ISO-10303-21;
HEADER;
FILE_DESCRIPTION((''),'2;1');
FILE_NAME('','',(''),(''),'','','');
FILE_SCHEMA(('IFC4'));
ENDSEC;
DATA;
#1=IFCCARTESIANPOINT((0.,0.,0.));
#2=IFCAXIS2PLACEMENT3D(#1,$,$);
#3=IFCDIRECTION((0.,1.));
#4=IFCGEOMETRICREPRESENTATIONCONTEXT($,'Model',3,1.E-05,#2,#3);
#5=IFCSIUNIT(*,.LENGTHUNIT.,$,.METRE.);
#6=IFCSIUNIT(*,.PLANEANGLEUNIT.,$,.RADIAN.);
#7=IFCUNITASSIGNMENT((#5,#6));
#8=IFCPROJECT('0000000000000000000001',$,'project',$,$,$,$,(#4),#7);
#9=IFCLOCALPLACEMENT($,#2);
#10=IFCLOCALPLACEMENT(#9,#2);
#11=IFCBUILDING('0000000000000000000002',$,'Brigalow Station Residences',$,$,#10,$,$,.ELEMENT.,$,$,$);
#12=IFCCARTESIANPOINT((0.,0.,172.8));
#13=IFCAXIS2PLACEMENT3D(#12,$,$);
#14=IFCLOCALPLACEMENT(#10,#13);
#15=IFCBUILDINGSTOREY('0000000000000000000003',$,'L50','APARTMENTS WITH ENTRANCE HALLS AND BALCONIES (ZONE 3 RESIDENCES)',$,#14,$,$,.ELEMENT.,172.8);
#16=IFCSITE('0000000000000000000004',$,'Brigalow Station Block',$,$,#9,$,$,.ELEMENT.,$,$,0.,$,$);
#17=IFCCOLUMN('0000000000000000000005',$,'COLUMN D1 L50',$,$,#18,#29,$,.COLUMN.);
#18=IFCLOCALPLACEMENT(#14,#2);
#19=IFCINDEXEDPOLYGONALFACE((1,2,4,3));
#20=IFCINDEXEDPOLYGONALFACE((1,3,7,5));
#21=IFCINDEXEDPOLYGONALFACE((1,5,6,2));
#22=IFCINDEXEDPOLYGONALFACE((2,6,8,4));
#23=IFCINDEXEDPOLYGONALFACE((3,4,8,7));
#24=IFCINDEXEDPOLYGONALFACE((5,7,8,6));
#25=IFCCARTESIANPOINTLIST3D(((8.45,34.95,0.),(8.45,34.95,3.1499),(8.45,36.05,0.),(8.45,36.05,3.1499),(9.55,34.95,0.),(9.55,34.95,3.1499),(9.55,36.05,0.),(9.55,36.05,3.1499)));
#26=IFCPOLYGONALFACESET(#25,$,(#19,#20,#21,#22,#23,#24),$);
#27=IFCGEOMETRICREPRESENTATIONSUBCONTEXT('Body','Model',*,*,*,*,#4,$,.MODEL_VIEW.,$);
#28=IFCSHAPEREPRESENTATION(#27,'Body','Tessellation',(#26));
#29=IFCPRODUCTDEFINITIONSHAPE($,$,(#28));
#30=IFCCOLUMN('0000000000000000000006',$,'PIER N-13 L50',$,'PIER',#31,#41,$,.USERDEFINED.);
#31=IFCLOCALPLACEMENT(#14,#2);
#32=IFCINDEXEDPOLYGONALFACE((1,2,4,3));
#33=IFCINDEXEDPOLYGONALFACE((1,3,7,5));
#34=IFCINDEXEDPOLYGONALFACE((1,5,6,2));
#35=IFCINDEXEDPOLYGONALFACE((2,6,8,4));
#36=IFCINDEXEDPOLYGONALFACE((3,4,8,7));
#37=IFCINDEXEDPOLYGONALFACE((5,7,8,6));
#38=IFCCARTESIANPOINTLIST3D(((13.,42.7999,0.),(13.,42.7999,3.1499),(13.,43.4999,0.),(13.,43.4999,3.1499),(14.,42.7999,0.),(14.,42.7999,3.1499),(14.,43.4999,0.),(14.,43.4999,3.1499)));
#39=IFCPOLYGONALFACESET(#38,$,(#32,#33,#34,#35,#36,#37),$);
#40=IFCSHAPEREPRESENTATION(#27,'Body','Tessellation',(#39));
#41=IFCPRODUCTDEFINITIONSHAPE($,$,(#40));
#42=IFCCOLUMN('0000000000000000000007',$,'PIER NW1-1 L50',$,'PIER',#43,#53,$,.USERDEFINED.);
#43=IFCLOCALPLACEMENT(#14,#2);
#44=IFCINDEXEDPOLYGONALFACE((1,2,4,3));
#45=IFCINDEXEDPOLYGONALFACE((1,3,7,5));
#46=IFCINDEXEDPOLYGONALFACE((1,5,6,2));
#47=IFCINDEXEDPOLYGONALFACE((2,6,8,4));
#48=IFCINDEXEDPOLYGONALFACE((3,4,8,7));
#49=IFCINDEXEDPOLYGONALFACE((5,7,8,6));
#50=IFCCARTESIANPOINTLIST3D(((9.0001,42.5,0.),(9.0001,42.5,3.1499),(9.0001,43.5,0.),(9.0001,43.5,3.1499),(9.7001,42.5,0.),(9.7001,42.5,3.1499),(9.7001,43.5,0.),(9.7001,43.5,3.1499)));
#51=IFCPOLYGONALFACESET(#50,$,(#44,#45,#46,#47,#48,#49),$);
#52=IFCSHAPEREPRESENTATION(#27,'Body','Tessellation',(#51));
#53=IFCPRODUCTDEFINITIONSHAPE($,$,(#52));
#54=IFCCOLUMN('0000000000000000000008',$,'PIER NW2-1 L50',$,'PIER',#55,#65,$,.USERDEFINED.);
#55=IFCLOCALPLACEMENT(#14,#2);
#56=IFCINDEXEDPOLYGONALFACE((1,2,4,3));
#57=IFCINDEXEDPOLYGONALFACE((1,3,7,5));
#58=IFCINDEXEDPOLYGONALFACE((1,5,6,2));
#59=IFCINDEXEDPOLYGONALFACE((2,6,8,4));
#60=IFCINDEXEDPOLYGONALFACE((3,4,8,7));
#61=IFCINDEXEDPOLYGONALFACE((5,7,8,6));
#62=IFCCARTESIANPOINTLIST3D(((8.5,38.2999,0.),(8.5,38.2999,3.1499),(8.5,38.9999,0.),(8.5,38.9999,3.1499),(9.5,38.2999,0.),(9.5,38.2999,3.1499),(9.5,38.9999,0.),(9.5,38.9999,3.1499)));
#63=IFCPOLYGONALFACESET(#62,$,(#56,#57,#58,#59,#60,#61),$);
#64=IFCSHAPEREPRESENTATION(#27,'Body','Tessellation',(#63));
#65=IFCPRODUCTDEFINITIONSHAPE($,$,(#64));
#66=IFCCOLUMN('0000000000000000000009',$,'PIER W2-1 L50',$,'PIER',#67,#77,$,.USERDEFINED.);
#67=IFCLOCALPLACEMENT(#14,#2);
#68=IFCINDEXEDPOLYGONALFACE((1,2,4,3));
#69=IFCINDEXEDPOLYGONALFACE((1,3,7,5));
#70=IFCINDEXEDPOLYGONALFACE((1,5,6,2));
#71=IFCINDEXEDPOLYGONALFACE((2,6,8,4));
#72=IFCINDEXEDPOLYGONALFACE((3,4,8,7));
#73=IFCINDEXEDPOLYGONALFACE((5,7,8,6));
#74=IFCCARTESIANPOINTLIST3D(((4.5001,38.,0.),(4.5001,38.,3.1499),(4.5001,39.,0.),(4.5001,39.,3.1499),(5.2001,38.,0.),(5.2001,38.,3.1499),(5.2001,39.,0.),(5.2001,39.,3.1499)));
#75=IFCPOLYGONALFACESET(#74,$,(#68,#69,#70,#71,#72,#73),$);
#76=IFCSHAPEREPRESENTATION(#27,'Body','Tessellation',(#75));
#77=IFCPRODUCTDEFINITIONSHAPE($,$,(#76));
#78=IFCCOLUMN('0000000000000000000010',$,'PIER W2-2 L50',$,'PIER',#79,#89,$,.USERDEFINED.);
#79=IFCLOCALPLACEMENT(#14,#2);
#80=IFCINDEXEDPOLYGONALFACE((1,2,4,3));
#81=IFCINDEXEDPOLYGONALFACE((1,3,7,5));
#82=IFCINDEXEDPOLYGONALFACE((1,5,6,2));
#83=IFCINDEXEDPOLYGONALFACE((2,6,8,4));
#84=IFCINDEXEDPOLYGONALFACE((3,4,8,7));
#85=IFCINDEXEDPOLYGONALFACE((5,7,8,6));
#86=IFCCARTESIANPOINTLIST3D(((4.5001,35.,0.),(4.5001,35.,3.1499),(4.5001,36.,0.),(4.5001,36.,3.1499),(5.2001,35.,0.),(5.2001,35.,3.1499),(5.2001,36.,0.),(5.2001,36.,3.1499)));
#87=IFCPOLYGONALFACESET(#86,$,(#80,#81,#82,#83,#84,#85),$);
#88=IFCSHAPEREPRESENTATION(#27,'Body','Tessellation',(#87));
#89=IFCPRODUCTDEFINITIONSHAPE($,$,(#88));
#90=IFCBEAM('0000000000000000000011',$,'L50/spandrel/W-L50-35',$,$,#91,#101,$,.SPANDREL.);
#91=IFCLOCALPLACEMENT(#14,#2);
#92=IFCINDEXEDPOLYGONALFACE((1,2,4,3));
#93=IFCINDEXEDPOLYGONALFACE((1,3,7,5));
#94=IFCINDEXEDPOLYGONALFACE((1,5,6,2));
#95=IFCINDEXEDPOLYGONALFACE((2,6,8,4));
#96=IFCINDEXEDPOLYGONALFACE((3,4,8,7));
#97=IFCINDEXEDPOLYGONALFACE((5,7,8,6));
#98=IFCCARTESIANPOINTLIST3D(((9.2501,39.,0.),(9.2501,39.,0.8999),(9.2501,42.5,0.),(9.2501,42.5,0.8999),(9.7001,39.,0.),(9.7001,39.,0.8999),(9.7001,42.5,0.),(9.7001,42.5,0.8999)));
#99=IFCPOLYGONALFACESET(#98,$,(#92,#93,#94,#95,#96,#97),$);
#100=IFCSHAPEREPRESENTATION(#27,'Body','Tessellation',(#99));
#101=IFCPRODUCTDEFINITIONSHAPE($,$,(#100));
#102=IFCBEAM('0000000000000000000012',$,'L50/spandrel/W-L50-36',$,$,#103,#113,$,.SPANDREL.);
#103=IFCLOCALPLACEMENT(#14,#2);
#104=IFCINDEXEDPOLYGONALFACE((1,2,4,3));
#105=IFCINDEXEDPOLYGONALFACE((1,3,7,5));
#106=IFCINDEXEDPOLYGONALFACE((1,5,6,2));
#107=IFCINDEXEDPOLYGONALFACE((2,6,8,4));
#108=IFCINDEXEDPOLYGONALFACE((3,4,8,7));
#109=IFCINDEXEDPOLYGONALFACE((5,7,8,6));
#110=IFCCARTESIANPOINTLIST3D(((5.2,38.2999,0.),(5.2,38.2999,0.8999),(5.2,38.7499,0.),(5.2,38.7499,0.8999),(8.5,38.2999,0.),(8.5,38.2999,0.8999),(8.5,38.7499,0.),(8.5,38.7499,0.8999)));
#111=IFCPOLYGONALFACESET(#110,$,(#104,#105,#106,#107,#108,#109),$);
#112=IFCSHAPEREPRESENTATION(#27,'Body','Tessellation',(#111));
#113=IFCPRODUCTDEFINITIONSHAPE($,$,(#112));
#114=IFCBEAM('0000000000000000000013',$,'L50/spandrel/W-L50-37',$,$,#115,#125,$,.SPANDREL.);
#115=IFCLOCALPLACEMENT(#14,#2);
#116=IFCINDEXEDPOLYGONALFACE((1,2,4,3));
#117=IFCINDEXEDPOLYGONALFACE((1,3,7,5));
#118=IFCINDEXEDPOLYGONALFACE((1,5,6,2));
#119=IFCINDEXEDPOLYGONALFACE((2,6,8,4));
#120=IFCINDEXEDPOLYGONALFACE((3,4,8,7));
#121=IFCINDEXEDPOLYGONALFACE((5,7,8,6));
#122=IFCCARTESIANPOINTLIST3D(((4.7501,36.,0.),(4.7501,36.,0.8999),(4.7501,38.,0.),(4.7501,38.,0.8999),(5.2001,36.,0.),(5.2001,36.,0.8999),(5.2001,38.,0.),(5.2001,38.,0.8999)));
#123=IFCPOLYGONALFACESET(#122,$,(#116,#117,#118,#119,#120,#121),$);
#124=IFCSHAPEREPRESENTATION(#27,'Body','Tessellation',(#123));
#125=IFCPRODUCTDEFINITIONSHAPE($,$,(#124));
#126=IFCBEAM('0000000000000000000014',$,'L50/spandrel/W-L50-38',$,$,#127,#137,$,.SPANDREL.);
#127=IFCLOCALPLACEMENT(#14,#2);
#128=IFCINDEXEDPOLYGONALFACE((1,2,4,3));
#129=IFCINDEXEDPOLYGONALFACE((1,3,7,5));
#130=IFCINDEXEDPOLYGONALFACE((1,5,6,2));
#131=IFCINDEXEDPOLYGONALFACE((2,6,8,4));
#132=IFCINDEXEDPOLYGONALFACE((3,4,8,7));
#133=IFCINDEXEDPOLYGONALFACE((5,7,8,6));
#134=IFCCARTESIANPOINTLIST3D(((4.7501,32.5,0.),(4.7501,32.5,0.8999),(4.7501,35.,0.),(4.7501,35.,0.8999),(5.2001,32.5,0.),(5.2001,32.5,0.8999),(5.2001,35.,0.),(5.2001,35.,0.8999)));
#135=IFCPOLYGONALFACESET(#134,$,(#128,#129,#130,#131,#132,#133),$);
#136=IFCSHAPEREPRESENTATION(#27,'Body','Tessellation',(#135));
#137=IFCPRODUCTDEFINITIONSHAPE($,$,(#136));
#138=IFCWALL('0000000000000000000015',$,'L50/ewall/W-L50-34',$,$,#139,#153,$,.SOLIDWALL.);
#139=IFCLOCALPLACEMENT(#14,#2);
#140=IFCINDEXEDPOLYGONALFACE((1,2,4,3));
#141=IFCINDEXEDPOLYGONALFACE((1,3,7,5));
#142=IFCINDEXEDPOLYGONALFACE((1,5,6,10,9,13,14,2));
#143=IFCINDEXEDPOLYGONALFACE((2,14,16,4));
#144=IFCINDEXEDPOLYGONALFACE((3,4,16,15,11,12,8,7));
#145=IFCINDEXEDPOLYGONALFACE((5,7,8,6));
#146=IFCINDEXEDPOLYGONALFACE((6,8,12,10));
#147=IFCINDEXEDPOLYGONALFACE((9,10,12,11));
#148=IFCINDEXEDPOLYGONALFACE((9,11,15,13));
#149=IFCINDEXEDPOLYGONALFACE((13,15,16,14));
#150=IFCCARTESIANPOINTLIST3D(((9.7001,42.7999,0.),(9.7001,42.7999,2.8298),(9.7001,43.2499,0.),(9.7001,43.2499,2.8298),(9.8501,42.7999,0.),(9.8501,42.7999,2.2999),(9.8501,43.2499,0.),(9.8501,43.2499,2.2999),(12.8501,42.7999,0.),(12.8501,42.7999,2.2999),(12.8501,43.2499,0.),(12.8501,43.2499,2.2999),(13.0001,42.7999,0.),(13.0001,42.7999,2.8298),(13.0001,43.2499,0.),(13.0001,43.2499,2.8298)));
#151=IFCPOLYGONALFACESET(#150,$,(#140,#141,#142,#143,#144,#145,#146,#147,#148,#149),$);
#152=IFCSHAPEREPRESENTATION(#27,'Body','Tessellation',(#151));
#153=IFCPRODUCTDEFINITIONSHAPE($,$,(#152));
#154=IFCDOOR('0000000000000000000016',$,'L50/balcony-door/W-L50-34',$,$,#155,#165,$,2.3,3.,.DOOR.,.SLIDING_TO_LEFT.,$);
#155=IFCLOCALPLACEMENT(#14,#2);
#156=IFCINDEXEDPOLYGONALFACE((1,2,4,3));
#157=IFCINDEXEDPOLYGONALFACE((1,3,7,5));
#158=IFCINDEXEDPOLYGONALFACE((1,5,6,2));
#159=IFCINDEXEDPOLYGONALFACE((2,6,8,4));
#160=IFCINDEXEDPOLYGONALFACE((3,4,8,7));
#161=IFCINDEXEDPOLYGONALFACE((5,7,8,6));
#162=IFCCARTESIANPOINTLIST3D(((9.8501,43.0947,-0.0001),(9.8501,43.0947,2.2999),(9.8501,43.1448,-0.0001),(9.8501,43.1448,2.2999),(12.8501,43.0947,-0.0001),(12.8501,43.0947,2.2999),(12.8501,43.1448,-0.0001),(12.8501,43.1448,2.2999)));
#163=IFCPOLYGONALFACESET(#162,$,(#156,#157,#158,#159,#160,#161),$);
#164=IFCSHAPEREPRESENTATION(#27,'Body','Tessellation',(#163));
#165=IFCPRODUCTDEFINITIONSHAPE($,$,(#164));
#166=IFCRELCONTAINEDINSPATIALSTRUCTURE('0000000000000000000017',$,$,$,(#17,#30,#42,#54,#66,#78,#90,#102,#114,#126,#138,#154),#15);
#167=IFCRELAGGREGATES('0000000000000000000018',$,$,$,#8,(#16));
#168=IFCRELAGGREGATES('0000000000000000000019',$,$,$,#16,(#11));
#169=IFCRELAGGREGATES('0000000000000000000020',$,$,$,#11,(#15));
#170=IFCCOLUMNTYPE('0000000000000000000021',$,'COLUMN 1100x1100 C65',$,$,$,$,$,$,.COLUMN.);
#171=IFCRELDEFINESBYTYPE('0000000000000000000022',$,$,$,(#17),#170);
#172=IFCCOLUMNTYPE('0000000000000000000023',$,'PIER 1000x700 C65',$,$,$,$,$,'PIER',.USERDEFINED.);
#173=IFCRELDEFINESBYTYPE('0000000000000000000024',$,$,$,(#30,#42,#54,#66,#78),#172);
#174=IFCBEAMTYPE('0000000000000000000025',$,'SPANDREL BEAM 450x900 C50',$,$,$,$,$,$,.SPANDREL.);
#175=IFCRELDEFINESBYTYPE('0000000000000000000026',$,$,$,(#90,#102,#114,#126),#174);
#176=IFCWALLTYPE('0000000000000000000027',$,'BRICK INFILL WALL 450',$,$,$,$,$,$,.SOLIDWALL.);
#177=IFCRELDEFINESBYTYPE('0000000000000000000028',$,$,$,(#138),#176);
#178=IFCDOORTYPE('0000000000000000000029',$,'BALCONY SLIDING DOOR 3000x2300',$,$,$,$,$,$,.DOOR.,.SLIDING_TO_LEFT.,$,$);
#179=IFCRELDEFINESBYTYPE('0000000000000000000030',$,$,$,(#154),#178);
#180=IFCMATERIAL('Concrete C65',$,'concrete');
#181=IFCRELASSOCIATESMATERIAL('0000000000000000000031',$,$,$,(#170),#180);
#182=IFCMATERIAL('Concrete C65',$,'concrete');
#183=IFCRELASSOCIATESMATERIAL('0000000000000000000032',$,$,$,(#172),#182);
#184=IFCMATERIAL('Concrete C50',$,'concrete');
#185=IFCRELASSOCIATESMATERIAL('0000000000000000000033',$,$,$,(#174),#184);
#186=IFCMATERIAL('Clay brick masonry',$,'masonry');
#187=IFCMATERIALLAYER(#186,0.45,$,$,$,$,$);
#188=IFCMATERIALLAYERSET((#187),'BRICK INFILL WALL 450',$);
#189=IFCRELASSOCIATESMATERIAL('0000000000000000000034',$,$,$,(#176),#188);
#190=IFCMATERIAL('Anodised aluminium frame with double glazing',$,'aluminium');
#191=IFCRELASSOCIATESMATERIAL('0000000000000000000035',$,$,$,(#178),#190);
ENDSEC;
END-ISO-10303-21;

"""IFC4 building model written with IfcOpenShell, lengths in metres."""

from ifc_helpers import new_model, si_unit, direction, frame, frame_2d, origin, origin_2d, place, context, subcontext, project, spatial, rectangle, extrude, material, layer, layer_set, material_profile, profile_set, type_object, element, fill, save


model = new_model("IFC4")

# Units and contexts
model_context = context("Model", 3, precision=1e-05, world=origin(), true_north=direction((0.0, 1.0)))
body_context = subcontext(model_context, "Body", "Model", "MODEL_VIEW")
ifc_project = project(units=[si_unit("LENGTHUNIT", "METRE"), si_unit("PLANEANGLEUNIT", "RADIAN")], contexts=[model_context])

# Site, building, storey
site_placement = place(None, origin())
site = spatial("IfcSite", under=ifc_project, at=site_placement, Name="Brigalow Station Block", CompositionType="ELEMENT", RefElevation=0.0)
building_placement = place(site_placement, origin())
building = spatial("IfcBuilding", under=site, at=building_placement, Name="Brigalow Station Residences", CompositionType="ELEMENT")
storey_placement = place(building_placement, frame((0.0, 0.0, 172.8)))
storey = spatial("IfcBuildingStorey", under=building, at=storey_placement, Name="L50", Description="APARTMENTS WITH ENTRANCE HALLS AND BALCONIES (ZONE 3 RESIDENCES)", CompositionType="ELEMENT", Elevation=172.8)

# Columns
ifc_material_1 = material(Name="Concrete C65", Category="concrete")
ifc_material_profile_1 = material_profile(ifc_material_1, rectangle(XDim=1.1001, YDim=1.1001, at=origin_2d()), Name="RC1100x1100")
ifc_profile_set_1 = profile_set([ifc_material_profile_1], Name="Concrete C65")
column_type_1 = type_object("IfcColumnType", Name="COLUMN 1100x1100 C65", PredefinedType="COLUMN", material=ifc_profile_set_1)
column_placement = place(storey_placement, frame((9.0, 35.5, 0.0), z_axis=(0.0, 0.0, 1.0), x_axis=(1.0, 0.0, 0.0)))
element("IfcColumn", 1, at=column_placement, inside=storey, type_object=column_type_1, Name="COLUMN D1 L50", PredefinedType="COLUMN", context=body_context, shape_type="SweptSolid", body=[
    extrude(rectangle(XDim=1.1001, YDim=1.1001, at=origin_2d()), origin(), (0.0, 0.0, 1.0), 3.1499),
])
ifc_material_2 = material(Name="Concrete C65", Category="concrete")
ifc_material_profile_2 = material_profile(ifc_material_2, rectangle(XDim=1.0, YDim=0.7, at=origin_2d()), Name="RC1000x700")
ifc_profile_set_2 = profile_set([ifc_material_profile_2], Name="Concrete C65")
column_type_2 = type_object("IfcColumnType", Name="PIER 1000x700 C65", ElementType="PIER", PredefinedType="USERDEFINED", material=ifc_profile_set_2)
for number, where, z_axis, x_axis, name in (
    (2, (13.5, 43.1499, 0.0), (0.0, 0.0, 1.0), (-1.0, 0.0, 0.0), "PIER N-13 L50"),
    (3, (9.3501, 43.0, 0.0), (0.0, 0.0, 1.0), (0.0, -1.0, 0.0), "PIER NW1-1 L50"),
    (4, (9.0, 38.6499, 0.0), (0.0, 0.0, 1.0), (-1.0, 0.0, 0.0), "PIER NW2-1 L50"),
    (5, (4.8501, 38.5, 0.0), (0.0, 0.0, 1.0), (0.0, -1.0, 0.0), "PIER W2-1 L50"),
    (6, (4.8501, 35.5, 0.0), (0.0, 0.0, 1.0), (0.0, -1.0, 0.0), "PIER W2-2 L50"),
):
    element("IfcColumn", number, at=place(storey_placement, frame(where, z_axis=z_axis, x_axis=x_axis)), inside=storey, type_object=column_type_2, Name=name, ObjectType="PIER", PredefinedType="USERDEFINED", context=body_context, shape_type="SweptSolid", body=[
        extrude(rectangle(XDim=1.0, YDim=0.7, at=origin_2d()), origin(), (0.0, 0.0, 1.0), 3.1499),
    ])

# Beams
ifc_material_3 = material(Name="Concrete C50", Category="concrete")
ifc_material_profile_3 = material_profile(ifc_material_3, rectangle(XDim=0.45, YDim=0.8999, at=origin_2d()), Name="RC450x900")
ifc_profile_set_3 = profile_set([ifc_material_profile_3], Name="Concrete C50")
beam_type = type_object("IfcBeamType", Name="SPANDREL BEAM 450x900 C50", PredefinedType="SPANDREL", material=ifc_profile_set_3)
beam_1_placement = place(storey_placement, frame((9.4751, 42.5, 0.45), z_axis=(0.0, -1.0, 0.0), x_axis=(1.0, 0.0, 0.0)))
element("IfcBeam", 7, at=beam_1_placement, inside=storey, type_object=beam_type, Name="L50/spandrel/W-L50-35", PredefinedType="SPANDREL", context=body_context, shape_type="SweptSolid", body=[
    extrude(rectangle(XDim=0.45, YDim=0.8999, at=origin_2d()), origin(), (0.0, 0.0, 1.0), 3.5),
])
beam_2_placement = place(storey_placement, frame((8.5, 38.5249, 0.45), z_axis=(-1.0, 0.0, 0.0), x_axis=(0.0, -1.0, 0.0)))
element("IfcBeam", 8, at=beam_2_placement, inside=storey, type_object=beam_type, Name="L50/spandrel/W-L50-36", PredefinedType="SPANDREL", context=body_context, shape_type="SweptSolid", body=[
    extrude(rectangle(XDim=0.45, YDim=0.8999, at=origin_2d()), origin(), (0.0, 0.0, 1.0), 3.3),
])
beam_3_placement = place(storey_placement, frame((4.9751, 38.0, 0.45), z_axis=(0.0, -1.0, 0.0), x_axis=(1.0, 0.0, 0.0)))
element("IfcBeam", 9, at=beam_3_placement, inside=storey, type_object=beam_type, Name="L50/spandrel/W-L50-37", PredefinedType="SPANDREL", context=body_context, shape_type="SweptSolid", body=[
    extrude(rectangle(XDim=0.45, YDim=0.8999, at=origin_2d()), origin(), (0.0, 0.0, 1.0), 2.0),
])
beam_4_placement = place(storey_placement, frame((4.9751, 35.0, 0.45), z_axis=(0.0, -1.0, 0.0), x_axis=(1.0, 0.0, 0.0)))
element("IfcBeam", 10, at=beam_4_placement, inside=storey, type_object=beam_type, Name="L50/spandrel/W-L50-38", PredefinedType="SPANDREL", context=body_context, shape_type="SweptSolid", body=[
    extrude(rectangle(XDim=0.45, YDim=0.8999, at=origin_2d()), origin(), (0.0, 0.0, 1.0), 2.5),
])

# Wall, opening, door
ifc_material_4 = material(Name="Clay brick masonry", Category="masonry")
ifc_layer_1 = layer(ifc_material_4, 0.45)
ifc_layer_set_1 = layer_set([ifc_layer_1], Name="BRICK INFILL WALL 450")
wall_type_1 = type_object("IfcWallType", Name="BRICK INFILL WALL 450", PredefinedType="SOLIDWALL", material=ifc_layer_set_1)
wall_1_placement = place(storey_placement, frame((13.0, 43.0249, 0.0), z_axis=(0.0, 0.0, 1.0), x_axis=(-1.0, 0.0, 0.0)))
wall_1 = element("IfcWall", 11, at=wall_1_placement, inside=storey, type_object=wall_type_1, Name="L50/ewall/W-L50-34", PredefinedType="SOLIDWALL", context=body_context, shape_type="SweptSolid", body=[
    extrude(rectangle(XDim=3.3, YDim=0.45, at=frame_2d((1.6499, 0.0))), origin(), (0.0, 0.0, 1.0), 2.8298),
])
opening_1_placement = place(wall_1_placement, frame((0.1499, 0.0, 0.0)))
opening_1 = element("IfcOpeningElement", 12, at=opening_1_placement, cuts=wall_1, PredefinedType="OPENING", context=body_context, shape_type="SweptSolid", body=[
    extrude(rectangle(XDim=3.0, YDim=2.3, at=frame_2d((1.5, 1.1499))), frame((0.0, 0.2349, 0.0), z_axis=(0.0, -1.0, 0.0), x_axis=(1.0, 0.0, 0.0)), (0.0, 0.0, 1.0), 0.47),
])
ifc_material_5 = material(Name="Anodised aluminium frame with double glazing", Category="aluminium")
door_type_1 = type_object("IfcDoorType", Name="BALCONY SLIDING DOOR 3000x2300", OperationType="SLIDING_TO_LEFT", PredefinedType="DOOR", material=ifc_material_5)
door_1_placement = place(opening_1_placement, origin())
door_1 = element("IfcDoor", 13, at=door_1_placement, inside=storey, type_object=door_type_1, Name="L50/balcony-door/W-L50-34", OperationType="SLIDING_TO_LEFT", OverallHeight=2.3, OverallWidth=3.0, PredefinedType="DOOR", context=body_context, shape_type="SweptSolid", body=[
    extrude(rectangle(XDim=3.0, YDim=2.3, at=frame_2d((1.5, 1.1499))), frame((0.0, -0.0698, 0.0), z_axis=(0.0, -1.0, 0.0), x_axis=(1.0, 0.0, 0.0)), (0.0, 0.0, 1.0), 0.05),
])
fill(opening_1, door_1)

save(model, "model.ifc")
